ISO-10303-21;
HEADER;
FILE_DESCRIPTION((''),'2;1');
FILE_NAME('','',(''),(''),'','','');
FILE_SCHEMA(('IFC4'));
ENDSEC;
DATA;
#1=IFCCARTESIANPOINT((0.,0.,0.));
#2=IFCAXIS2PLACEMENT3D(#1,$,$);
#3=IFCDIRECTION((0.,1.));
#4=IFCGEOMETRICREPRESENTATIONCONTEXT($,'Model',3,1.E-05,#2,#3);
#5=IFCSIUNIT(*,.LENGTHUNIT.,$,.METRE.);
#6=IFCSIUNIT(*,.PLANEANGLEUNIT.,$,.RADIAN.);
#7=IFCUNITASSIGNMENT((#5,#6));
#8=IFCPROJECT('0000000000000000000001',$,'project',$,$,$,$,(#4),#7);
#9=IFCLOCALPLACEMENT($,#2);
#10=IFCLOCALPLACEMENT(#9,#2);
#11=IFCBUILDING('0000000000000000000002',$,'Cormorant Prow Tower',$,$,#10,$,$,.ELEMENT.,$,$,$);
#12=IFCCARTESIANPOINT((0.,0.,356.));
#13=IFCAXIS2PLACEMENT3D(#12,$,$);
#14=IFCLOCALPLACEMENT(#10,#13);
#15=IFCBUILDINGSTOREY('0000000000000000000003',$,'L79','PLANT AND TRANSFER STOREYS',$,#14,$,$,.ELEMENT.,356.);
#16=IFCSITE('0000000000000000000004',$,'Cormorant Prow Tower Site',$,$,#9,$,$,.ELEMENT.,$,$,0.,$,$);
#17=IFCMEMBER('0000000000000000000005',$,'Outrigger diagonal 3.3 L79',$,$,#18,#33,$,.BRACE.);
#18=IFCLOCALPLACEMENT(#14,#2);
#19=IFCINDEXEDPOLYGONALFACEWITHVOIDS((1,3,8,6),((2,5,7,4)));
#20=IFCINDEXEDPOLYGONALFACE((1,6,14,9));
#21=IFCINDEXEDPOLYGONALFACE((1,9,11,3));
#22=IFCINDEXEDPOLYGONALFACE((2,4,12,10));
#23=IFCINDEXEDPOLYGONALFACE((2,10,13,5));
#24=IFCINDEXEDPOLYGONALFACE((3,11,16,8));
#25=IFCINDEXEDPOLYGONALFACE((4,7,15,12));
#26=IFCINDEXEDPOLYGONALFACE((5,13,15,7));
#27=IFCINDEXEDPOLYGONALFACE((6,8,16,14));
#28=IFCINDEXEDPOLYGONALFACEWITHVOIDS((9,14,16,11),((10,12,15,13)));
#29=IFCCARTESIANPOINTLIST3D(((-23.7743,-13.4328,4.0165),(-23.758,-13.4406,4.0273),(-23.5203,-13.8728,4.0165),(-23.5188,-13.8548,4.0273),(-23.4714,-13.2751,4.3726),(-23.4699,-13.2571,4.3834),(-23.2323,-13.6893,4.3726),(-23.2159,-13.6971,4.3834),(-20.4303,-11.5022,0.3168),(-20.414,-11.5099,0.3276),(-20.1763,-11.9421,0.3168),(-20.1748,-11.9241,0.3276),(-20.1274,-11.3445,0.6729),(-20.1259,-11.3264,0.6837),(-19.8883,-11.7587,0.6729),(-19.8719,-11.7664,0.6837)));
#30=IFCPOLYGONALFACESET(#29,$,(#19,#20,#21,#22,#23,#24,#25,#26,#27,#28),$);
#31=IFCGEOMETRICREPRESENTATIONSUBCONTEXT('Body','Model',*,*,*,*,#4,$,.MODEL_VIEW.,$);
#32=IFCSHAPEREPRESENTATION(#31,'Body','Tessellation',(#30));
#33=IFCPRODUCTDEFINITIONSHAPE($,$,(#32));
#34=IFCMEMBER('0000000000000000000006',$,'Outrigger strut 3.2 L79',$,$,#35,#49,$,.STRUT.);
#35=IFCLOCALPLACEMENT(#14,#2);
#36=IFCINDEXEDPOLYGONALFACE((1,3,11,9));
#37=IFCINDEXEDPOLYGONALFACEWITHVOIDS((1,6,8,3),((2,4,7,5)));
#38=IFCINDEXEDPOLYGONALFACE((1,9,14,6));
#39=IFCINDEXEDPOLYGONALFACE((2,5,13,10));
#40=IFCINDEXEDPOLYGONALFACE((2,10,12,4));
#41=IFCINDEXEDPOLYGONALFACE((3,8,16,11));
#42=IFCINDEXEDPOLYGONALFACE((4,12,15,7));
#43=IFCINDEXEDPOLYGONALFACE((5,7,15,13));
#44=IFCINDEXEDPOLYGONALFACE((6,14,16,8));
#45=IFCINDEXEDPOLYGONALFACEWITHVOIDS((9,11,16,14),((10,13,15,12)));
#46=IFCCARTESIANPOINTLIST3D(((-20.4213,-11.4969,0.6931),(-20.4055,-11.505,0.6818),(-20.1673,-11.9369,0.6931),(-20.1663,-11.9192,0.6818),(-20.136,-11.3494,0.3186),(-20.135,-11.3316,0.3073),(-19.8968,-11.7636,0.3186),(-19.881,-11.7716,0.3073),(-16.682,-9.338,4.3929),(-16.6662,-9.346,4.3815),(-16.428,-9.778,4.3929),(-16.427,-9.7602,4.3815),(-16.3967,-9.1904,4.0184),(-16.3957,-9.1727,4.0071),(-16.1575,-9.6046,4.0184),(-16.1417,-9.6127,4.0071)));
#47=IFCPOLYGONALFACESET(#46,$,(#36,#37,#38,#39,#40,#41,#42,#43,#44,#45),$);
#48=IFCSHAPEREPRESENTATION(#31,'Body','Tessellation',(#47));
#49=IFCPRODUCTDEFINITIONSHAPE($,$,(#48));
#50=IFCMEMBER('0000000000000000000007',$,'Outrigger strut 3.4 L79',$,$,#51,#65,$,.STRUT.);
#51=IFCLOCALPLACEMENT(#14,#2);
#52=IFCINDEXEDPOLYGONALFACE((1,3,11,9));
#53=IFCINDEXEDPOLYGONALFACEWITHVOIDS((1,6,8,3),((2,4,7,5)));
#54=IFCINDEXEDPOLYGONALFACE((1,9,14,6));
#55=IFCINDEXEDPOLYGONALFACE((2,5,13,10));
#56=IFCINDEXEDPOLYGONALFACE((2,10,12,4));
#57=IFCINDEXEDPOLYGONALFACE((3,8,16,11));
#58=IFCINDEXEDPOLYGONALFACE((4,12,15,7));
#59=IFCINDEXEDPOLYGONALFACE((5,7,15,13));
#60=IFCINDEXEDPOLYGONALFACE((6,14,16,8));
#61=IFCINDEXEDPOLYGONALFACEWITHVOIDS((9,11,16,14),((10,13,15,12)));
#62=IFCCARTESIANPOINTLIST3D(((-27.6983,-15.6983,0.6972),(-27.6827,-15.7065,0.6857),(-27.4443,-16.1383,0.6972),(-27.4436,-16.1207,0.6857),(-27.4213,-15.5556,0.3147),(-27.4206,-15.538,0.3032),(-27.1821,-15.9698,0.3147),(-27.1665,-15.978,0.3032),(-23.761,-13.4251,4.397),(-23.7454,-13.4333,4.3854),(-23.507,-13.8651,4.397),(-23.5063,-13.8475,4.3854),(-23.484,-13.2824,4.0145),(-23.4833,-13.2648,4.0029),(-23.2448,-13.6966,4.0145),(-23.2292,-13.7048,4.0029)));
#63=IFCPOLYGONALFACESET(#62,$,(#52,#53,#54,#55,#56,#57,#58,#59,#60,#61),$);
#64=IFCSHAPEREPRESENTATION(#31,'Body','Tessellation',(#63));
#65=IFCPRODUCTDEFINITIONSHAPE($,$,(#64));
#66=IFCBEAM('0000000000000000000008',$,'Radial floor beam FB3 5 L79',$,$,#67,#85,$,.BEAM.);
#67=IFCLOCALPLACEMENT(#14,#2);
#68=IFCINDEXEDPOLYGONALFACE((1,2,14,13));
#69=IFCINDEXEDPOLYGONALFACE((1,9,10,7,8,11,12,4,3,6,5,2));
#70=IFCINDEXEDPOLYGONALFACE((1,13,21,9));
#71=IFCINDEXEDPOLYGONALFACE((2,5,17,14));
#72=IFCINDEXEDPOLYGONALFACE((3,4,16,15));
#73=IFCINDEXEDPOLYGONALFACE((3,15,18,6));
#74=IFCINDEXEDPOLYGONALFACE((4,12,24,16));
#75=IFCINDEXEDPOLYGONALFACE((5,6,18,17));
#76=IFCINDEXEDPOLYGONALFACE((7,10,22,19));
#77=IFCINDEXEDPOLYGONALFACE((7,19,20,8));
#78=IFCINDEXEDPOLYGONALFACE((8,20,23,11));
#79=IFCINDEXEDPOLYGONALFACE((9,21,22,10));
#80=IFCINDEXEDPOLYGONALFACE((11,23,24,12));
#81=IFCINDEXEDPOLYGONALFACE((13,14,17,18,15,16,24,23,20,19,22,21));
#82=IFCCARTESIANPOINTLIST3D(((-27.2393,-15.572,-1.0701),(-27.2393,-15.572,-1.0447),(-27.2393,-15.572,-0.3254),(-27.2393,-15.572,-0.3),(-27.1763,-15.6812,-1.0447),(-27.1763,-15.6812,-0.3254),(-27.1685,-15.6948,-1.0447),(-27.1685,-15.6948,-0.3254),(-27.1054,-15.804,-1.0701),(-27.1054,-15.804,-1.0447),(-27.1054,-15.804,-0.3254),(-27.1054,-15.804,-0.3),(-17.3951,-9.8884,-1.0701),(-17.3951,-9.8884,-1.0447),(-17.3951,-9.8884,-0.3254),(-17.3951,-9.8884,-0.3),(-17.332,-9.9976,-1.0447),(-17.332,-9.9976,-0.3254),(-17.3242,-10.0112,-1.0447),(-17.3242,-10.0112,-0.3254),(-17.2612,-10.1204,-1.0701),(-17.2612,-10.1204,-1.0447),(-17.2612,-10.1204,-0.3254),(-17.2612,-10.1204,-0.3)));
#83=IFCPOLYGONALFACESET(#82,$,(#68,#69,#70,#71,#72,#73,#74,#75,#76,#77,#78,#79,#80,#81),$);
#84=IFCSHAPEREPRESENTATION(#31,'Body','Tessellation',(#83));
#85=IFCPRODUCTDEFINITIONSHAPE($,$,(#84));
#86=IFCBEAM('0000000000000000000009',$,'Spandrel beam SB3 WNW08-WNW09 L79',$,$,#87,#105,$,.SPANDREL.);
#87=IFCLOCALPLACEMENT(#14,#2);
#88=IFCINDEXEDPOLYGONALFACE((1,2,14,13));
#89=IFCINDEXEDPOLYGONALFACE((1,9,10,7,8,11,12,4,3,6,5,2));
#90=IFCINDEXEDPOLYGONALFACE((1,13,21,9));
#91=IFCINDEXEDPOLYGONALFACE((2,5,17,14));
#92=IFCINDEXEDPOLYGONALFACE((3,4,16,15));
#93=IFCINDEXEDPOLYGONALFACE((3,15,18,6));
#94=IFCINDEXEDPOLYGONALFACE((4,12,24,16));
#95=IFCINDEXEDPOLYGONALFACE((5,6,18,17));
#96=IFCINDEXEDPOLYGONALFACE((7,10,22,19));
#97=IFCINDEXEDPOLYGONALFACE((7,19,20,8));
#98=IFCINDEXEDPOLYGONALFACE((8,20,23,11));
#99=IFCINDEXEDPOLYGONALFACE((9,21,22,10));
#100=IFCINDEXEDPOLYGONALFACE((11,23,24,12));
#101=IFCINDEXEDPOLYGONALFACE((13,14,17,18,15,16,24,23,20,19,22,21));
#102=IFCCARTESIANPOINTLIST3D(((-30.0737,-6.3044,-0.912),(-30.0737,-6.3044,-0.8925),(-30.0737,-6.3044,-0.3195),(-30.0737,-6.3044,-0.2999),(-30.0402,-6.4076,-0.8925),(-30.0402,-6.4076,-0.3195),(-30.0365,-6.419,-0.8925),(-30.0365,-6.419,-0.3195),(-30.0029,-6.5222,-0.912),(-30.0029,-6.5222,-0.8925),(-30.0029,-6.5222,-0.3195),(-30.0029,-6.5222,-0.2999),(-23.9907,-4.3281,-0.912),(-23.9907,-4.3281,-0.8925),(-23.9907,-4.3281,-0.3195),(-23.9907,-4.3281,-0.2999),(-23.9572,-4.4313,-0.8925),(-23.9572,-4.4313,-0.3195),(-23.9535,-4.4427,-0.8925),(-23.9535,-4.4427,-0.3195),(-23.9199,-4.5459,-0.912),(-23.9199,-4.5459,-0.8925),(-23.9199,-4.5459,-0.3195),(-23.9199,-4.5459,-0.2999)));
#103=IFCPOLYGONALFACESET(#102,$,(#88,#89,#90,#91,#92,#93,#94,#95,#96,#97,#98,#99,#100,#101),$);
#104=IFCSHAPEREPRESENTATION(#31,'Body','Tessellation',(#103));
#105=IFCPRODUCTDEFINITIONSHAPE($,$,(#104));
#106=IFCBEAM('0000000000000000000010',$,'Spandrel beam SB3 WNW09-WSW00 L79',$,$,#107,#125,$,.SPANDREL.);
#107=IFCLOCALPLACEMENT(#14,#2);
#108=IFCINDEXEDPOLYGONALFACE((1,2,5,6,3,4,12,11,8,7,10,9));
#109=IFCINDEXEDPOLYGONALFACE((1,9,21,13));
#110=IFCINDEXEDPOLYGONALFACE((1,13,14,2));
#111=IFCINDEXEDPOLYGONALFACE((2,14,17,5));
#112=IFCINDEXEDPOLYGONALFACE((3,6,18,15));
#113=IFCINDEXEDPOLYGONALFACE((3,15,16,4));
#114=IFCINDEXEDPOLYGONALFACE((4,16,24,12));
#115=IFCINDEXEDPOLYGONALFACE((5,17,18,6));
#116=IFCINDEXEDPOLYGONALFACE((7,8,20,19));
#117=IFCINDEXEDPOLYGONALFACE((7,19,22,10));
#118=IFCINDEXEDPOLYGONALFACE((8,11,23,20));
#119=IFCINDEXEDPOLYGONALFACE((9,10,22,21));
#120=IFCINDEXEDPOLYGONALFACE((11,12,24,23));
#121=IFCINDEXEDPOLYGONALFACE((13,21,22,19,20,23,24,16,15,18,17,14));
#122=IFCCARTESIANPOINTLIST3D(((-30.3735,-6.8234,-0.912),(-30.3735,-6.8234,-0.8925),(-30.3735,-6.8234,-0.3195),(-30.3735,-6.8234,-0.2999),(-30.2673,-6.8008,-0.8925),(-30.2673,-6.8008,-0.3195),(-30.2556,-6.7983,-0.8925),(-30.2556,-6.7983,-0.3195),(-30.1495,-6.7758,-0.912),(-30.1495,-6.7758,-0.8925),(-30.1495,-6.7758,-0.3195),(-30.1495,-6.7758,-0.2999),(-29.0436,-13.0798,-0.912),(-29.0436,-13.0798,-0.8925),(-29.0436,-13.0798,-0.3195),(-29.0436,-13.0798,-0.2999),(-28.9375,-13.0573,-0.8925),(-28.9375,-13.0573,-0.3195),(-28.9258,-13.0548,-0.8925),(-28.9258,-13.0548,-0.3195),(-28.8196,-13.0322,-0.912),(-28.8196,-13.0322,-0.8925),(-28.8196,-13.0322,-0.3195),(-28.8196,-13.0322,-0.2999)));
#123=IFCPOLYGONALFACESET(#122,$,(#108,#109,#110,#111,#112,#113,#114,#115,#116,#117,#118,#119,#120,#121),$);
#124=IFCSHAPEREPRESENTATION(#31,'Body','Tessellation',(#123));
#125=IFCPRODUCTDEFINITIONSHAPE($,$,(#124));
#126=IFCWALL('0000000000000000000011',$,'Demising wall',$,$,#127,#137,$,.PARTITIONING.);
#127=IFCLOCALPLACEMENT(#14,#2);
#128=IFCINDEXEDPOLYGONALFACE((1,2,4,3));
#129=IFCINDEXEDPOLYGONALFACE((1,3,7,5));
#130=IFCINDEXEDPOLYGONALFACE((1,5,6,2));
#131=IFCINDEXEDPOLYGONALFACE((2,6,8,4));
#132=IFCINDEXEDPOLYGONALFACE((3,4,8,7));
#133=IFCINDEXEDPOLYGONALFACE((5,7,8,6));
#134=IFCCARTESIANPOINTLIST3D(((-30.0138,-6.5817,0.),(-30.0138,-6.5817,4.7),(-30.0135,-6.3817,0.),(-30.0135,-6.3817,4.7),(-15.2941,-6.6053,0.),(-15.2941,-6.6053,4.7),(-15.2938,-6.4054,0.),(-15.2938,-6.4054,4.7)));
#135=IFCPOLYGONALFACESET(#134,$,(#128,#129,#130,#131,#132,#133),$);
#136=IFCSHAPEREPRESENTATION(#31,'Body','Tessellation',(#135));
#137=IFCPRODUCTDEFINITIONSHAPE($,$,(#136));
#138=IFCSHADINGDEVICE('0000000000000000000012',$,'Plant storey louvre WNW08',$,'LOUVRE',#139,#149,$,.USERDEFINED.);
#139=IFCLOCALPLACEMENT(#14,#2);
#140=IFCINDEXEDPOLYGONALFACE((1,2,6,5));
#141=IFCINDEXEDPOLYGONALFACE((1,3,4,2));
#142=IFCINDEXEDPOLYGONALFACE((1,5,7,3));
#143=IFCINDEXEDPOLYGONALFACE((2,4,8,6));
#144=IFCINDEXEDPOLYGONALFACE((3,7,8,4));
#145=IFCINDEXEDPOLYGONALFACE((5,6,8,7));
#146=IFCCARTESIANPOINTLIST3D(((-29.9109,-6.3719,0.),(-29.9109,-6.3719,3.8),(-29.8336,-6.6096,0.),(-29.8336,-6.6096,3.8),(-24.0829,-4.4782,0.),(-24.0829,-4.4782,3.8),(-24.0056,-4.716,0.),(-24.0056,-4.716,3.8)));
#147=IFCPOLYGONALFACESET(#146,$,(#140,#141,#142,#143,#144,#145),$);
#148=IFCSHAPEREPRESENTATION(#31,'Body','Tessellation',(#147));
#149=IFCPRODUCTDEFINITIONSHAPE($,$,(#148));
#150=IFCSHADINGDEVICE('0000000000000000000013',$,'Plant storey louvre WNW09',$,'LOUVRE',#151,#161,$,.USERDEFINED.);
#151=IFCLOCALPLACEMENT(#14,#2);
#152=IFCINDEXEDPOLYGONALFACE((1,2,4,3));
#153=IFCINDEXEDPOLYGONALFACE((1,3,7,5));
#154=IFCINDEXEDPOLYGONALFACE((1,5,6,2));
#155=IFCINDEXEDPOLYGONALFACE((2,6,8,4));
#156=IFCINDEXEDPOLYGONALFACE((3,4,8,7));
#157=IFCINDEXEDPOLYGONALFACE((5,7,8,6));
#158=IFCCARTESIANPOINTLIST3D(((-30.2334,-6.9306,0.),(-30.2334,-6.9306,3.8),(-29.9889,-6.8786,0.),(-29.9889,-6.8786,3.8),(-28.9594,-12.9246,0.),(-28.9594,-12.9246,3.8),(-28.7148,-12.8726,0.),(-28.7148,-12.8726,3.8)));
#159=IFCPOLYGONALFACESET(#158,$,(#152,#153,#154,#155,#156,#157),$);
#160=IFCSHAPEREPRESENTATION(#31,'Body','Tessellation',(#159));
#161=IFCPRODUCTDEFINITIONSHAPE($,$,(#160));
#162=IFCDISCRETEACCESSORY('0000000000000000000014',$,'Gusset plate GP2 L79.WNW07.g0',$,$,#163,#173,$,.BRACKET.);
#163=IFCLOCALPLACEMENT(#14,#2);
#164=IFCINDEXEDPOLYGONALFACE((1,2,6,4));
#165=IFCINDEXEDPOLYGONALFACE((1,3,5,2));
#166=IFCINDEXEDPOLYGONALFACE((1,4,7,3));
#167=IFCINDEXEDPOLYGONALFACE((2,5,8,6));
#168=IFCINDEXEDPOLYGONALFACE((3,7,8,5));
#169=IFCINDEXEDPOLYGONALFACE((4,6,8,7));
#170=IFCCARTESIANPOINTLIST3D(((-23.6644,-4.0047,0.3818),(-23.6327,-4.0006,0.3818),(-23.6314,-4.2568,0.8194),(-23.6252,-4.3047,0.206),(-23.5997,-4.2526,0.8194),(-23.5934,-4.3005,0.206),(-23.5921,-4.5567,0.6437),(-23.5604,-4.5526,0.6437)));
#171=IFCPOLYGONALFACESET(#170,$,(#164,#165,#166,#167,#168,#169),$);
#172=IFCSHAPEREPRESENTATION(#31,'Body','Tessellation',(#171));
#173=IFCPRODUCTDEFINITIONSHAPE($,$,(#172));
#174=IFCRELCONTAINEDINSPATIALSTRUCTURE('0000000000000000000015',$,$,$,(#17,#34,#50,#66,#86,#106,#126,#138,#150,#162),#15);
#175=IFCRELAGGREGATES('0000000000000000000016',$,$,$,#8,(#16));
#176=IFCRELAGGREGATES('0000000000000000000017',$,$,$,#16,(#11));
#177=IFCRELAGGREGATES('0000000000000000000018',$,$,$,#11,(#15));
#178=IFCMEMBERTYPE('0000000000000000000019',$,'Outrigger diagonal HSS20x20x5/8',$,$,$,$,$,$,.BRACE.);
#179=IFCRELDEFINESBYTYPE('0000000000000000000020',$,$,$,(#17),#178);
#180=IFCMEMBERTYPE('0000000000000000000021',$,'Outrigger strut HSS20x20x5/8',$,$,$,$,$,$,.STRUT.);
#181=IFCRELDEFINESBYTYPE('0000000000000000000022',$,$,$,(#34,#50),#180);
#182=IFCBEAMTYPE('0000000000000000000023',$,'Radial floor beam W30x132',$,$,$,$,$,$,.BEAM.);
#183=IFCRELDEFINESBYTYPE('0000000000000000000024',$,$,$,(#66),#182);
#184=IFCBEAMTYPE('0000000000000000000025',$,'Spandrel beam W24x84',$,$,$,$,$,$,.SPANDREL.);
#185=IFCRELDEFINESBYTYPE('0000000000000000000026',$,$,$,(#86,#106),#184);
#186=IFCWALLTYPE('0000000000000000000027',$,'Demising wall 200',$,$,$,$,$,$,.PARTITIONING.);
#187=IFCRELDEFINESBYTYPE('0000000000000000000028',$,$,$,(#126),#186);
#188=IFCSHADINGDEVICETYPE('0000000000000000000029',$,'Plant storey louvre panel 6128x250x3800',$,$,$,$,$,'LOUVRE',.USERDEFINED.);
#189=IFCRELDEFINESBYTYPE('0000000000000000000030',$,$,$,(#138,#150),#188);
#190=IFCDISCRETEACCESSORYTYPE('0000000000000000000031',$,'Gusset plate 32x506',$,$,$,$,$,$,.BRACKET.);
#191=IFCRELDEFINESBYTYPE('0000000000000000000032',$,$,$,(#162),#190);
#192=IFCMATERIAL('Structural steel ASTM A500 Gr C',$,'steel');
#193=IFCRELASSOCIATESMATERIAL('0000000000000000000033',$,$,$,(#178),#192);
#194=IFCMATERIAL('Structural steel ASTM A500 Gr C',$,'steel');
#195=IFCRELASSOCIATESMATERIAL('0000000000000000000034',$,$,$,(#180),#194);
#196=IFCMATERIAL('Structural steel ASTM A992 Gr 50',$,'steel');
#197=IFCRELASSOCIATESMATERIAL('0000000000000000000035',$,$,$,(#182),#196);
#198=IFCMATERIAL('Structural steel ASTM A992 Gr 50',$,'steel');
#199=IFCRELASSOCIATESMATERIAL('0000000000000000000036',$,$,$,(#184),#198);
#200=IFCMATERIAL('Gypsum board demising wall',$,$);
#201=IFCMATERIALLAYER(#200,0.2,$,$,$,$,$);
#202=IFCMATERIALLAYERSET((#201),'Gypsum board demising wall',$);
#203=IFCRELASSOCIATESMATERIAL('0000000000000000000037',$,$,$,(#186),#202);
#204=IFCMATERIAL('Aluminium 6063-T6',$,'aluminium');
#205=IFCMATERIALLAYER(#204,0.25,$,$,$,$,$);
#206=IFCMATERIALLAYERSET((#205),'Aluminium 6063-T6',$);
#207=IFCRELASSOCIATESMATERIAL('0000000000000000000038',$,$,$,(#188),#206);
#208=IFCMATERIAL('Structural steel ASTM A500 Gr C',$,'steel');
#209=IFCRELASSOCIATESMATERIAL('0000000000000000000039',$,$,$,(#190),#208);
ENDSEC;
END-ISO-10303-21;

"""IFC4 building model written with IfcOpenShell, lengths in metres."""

from ifc_helpers import new_model, si_unit, direction, frame, frame_2d, origin, origin_2d, place, context, subcontext, project, spatial, rectangle, hollow_rectangle, i_section, extrude, material, layer, layer_set, material_profile, profile_set, type_object, element, save


model = new_model("IFC4")

# Units and contexts
model_context = context("Model", 3, precision=1e-05, world=origin(), true_north=direction((0.0, 1.0)))
body_context = subcontext(model_context, "Body", "Model", "MODEL_VIEW")
ifc_project = project(units=[si_unit("LENGTHUNIT", "METRE"), si_unit("PLANEANGLEUNIT", "RADIAN")], contexts=[model_context])

# Site, building, storey
site_placement = place(None, origin())
site = spatial("IfcSite", under=ifc_project, at=site_placement, Name="Cormorant Prow Tower Site", CompositionType="ELEMENT", RefElevation=0.0)
building_placement = place(site_placement, origin())
building = spatial("IfcBuilding", under=site, at=building_placement, Name="Cormorant Prow Tower", CompositionType="ELEMENT")
storey_placement = place(building_placement, frame((0.0, 0.0, 356.0)))
storey = spatial("IfcBuildingStorey", under=building, at=storey_placement, Name="L79", Description="PLANT AND TRANSFER STOREYS", CompositionType="ELEMENT", Elevation=356.0)

# Members
ifc_material_1 = material(Name="Structural steel ASTM A500 Gr C", Category="steel")
ifc_material_profile_1 = material_profile(ifc_material_1, hollow_rectangle(XDim=0.5081, YDim=0.5081, WallThickness=0.0149, at=origin_2d()), Name="HSS20x20x5/8")
ifc_profile_set_1 = profile_set([ifc_material_profile_1], Name="Structural steel ASTM A500 Gr C")
member_type_1 = type_object("IfcMemberType", Name="Outrigger diagonal HSS20x20x5/8", PredefinedType="BRACE", material=ifc_profile_set_1)
member_1_placement = place(storey_placement, frame((-20.1511, -11.6343, 0.5002), z_axis=(-0.625318, -0.361029, 0.691835), x_axis=(0.500002, -0.866024, 0.0)))
element("IfcMember", 1, at=member_1_placement, inside=storey, type_object=member_type_1, Name="Outrigger diagonal 3.3 L79", PredefinedType="BRACE", context=body_context, shape_type="SweptSolid", body=[
    extrude(hollow_rectangle(XDim=0.5081, YDim=0.5081, WallThickness=0.0149, at=origin_2d()), origin(), (0.0, 0.0, 1.0), 5.3477),
])
ifc_material_2 = material(Name="Structural steel ASTM A500 Gr C", Category="steel")
ifc_material_profile_2 = material_profile(ifc_material_2, hollow_rectangle(XDim=0.5081, YDim=0.5081, WallThickness=0.0149, at=origin_2d()), Name="HSS20x20x5/8")
ifc_profile_set_2 = profile_set([ifc_material_profile_2], Name="Structural steel ASTM A500 Gr C")
member_type_2 = type_object("IfcMemberType", Name="Outrigger strut HSS20x20x5/8", PredefinedType="STRUT", material=ifc_profile_set_2)
member_2_placement = place(storey_placement, frame((-16.4119, -9.4753, 4.2), z_axis=(-0.657622, -0.379692, -0.650667), x_axis=(0.500013, -0.866018, 0.0)))
element("IfcMember", 2, at=member_2_placement, inside=storey, type_object=member_type_2, Name="Outrigger strut 3.2 L79", PredefinedType="STRUT", context=body_context, shape_type="SweptSolid", body=[
    extrude(hollow_rectangle(XDim=0.5081, YDim=0.5081, WallThickness=0.0149, at=origin_2d()), origin(), (0.0, 0.0, 1.0), 5.686),
])
member_3_placement = place(storey_placement, frame((-23.4951, -13.5649, 4.2), z_axis=(-0.671714, -0.387817, -0.631187), x_axis=(0.500003, -0.866024, 0.0)))
element("IfcMember", 3, at=member_3_placement, inside=storey, type_object=member_type_2, Name="Outrigger strut 3.4 L79", PredefinedType="STRUT", context=body_context, shape_type="SweptSolid", body=[
    extrude(hollow_rectangle(XDim=0.5081, YDim=0.5081, WallThickness=0.0149, at=origin_2d()), origin(), (0.0, 0.0, 1.0), 5.8616),
])

# Beams
ifc_material_3 = material(Name="Structural steel ASTM A992 Gr 50", Category="steel")
ifc_material_profile_3 = material_profile(ifc_material_3, i_section(OverallWidth=0.2678, OverallDepth=0.77, WebThickness=0.0156, FlangeThickness=0.0254, at=origin_2d()), Name="W30x132")
ifc_profile_set_3 = profile_set([ifc_material_profile_3], Name="Structural steel ASTM A992 Gr 50")
beam_type_1 = type_object("IfcBeamType", Name="Radial floor beam W30x132", PredefinedType="BEAM", material=ifc_profile_set_3)
beam_1_placement = place(storey_placement, frame((-17.3281, -10.0044, -0.6851), z_axis=(-0.866025, -0.500001, 0.0), x_axis=(0.500001, -0.866025, 0.0)))
element("IfcBeam", 4, at=beam_1_placement, inside=storey, type_object=beam_type_1, Name="Radial floor beam FB3 5 L79", PredefinedType="BEAM", context=body_context, shape_type="SweptSolid", body=[
    extrude(i_section(OverallWidth=0.2678, OverallDepth=0.77, WebThickness=0.0156, FlangeThickness=0.0254, at=origin_2d()), origin(), (0.0, 0.0, 1.0), 11.3672),
])
ifc_material_4 = material(Name="Structural steel ASTM A992 Gr 50", Category="steel")
ifc_material_profile_4 = material_profile(ifc_material_4, i_section(OverallWidth=0.229, OverallDepth=0.6121, WebThickness=0.012, FlangeThickness=0.0195, at=origin_2d()), Name="W24x84")
ifc_profile_set_4 = profile_set([ifc_material_profile_4], Name="Structural steel ASTM A992 Gr 50")
beam_type_2 = type_object("IfcBeamType", Name="Spandrel beam W24x84", PredefinedType="SPANDREL", material=ifc_profile_set_4)
beam_2_placement = place(storey_placement, frame((-23.9553, -4.437, -0.606), z_axis=(-0.951064, -0.308993, 0.0), x_axis=(0.308993, -0.951064, 0.0)))
element("IfcBeam", 5, at=beam_2_placement, inside=storey, type_object=beam_type_2, Name="Spandrel beam SB3 WNW08-WNW09 L79", PredefinedType="SPANDREL", context=body_context, shape_type="SweptSolid", body=[
    extrude(i_section(OverallWidth=0.229, OverallDepth=0.6121, WebThickness=0.012, FlangeThickness=0.0195, at=origin_2d()), origin(), (0.0, 0.0, 1.0), 6.396),
])
beam_3_placement = place(storey_placement, frame((-30.2615, -6.7996, -0.606), z_axis=(0.207913, -0.978147, 0.0), x_axis=(0.978147, 0.207913, 0.0)))
element("IfcBeam", 6, at=beam_3_placement, inside=storey, type_object=beam_type_2, Name="Spandrel beam SB3 WNW09-WSW00 L79", PredefinedType="SPANDREL", context=body_context, shape_type="SweptSolid", body=[
    extrude(i_section(OverallWidth=0.229, OverallDepth=0.6121, WebThickness=0.012, FlangeThickness=0.0195, at=origin_2d()), origin(), (0.0, 0.0, 1.0), 6.3962),
])

# Wall
ifc_material_5 = material(Name="Gypsum board demising wall")
ifc_layer_1 = layer(ifc_material_5, 0.2)
ifc_layer_set_1 = layer_set([ifc_layer_1], Name="Gypsum board demising wall")
wall_type = type_object("IfcWallType", Name="Demising wall 200", PredefinedType="PARTITIONING", material=ifc_layer_set_1)
wall_placement = place(storey_placement, frame((-30.0137, -6.4817, 0.0), z_axis=(0.0, 0.0, 1.0), x_axis=(0.999999, -0.001609, 0.0)))
element("IfcWall", 7, at=wall_placement, inside=storey, type_object=wall_type, Name="Demising wall", PredefinedType="PARTITIONING", context=body_context, shape_type="SweptSolid", body=[
    extrude(rectangle(XDim=14.7197, YDim=0.2, at=frame_2d((7.3599, 0.0))), origin(), (0.0, 0.0, 1.0), 4.7),
])

# Shading devices
ifc_material_6 = material(Name="Aluminium 6063-T6", Category="aluminium")
ifc_layer_2 = layer(ifc_material_6, 0.25)
ifc_layer_set_2 = layer_set([ifc_layer_2], Name="Aluminium 6063-T6")
shading_device_type = type_object("IfcShadingDeviceType", Name="Plant storey louvre panel 6128x250x3800", ElementType="LOUVRE", PredefinedType="USERDEFINED", material=ifc_layer_set_2)
for number, where, z_axis, x_axis, name in (
    (8, (-26.9583, -5.5439, 0.0), (0.0, 0.0, 1.0), (-0.951057, -0.309017, 0.0), "Plant storey louvre WNW08"),
    (9, (-29.4741, -9.9016, 0.0), (0.0, 0.0, 1.0), (0.207912, -0.978148, 0.0), "Plant storey louvre WNW09"),
):
    element("IfcShadingDevice", number, at=place(storey_placement, frame(where, z_axis=z_axis, x_axis=x_axis)), inside=storey, type_object=shading_device_type, Name=name, ObjectType="LOUVRE", PredefinedType="USERDEFINED", context=body_context, shape_type="SweptSolid", body=[
        extrude(rectangle(XDim=6.1279, YDim=0.25, at=origin_2d()), origin(), (0.0, 0.0, 1.0), 3.8),
    ])

# Discrete accessory
ifc_material_7 = material(Name="Structural steel ASTM A500 Gr C", Category="steel")
ifc_material_profile_5 = material_profile(ifc_material_7, rectangle(XDim=0.032, YDim=0.5061, at=origin_2d()), Name="Gusset plate 32x506")
ifc_profile_set_5 = profile_set([ifc_material_profile_5], Name="Structural steel ASTM A500 Gr C")
discrete_accessory_type_1 = type_object("IfcDiscreteAccessoryType", Name="Gusset plate 32x506", PredefinedType="BRACKET", material=ifc_profile_set_5)
discrete_accessory_1_placement = place(storey_placement, frame((-23.6321, -4.1287, 0.6006), z_axis=(0.112317, -0.857376, -0.502287), x_axis=(0.991528, 0.129891, 0.0)))
element("IfcDiscreteAccessory", 10, at=discrete_accessory_1_placement, inside=storey, type_object=discrete_accessory_type_1, Name="Gusset plate GP2 L79.WNW07.g0", PredefinedType="BRACKET", context=body_context, shape_type="SweptSolid", body=[
    extrude(rectangle(XDim=0.032, YDim=0.5061, at=origin_2d()), origin(), (0.0, 0.0, 1.0), 0.3499),
])

save(model, "model.ifc")
